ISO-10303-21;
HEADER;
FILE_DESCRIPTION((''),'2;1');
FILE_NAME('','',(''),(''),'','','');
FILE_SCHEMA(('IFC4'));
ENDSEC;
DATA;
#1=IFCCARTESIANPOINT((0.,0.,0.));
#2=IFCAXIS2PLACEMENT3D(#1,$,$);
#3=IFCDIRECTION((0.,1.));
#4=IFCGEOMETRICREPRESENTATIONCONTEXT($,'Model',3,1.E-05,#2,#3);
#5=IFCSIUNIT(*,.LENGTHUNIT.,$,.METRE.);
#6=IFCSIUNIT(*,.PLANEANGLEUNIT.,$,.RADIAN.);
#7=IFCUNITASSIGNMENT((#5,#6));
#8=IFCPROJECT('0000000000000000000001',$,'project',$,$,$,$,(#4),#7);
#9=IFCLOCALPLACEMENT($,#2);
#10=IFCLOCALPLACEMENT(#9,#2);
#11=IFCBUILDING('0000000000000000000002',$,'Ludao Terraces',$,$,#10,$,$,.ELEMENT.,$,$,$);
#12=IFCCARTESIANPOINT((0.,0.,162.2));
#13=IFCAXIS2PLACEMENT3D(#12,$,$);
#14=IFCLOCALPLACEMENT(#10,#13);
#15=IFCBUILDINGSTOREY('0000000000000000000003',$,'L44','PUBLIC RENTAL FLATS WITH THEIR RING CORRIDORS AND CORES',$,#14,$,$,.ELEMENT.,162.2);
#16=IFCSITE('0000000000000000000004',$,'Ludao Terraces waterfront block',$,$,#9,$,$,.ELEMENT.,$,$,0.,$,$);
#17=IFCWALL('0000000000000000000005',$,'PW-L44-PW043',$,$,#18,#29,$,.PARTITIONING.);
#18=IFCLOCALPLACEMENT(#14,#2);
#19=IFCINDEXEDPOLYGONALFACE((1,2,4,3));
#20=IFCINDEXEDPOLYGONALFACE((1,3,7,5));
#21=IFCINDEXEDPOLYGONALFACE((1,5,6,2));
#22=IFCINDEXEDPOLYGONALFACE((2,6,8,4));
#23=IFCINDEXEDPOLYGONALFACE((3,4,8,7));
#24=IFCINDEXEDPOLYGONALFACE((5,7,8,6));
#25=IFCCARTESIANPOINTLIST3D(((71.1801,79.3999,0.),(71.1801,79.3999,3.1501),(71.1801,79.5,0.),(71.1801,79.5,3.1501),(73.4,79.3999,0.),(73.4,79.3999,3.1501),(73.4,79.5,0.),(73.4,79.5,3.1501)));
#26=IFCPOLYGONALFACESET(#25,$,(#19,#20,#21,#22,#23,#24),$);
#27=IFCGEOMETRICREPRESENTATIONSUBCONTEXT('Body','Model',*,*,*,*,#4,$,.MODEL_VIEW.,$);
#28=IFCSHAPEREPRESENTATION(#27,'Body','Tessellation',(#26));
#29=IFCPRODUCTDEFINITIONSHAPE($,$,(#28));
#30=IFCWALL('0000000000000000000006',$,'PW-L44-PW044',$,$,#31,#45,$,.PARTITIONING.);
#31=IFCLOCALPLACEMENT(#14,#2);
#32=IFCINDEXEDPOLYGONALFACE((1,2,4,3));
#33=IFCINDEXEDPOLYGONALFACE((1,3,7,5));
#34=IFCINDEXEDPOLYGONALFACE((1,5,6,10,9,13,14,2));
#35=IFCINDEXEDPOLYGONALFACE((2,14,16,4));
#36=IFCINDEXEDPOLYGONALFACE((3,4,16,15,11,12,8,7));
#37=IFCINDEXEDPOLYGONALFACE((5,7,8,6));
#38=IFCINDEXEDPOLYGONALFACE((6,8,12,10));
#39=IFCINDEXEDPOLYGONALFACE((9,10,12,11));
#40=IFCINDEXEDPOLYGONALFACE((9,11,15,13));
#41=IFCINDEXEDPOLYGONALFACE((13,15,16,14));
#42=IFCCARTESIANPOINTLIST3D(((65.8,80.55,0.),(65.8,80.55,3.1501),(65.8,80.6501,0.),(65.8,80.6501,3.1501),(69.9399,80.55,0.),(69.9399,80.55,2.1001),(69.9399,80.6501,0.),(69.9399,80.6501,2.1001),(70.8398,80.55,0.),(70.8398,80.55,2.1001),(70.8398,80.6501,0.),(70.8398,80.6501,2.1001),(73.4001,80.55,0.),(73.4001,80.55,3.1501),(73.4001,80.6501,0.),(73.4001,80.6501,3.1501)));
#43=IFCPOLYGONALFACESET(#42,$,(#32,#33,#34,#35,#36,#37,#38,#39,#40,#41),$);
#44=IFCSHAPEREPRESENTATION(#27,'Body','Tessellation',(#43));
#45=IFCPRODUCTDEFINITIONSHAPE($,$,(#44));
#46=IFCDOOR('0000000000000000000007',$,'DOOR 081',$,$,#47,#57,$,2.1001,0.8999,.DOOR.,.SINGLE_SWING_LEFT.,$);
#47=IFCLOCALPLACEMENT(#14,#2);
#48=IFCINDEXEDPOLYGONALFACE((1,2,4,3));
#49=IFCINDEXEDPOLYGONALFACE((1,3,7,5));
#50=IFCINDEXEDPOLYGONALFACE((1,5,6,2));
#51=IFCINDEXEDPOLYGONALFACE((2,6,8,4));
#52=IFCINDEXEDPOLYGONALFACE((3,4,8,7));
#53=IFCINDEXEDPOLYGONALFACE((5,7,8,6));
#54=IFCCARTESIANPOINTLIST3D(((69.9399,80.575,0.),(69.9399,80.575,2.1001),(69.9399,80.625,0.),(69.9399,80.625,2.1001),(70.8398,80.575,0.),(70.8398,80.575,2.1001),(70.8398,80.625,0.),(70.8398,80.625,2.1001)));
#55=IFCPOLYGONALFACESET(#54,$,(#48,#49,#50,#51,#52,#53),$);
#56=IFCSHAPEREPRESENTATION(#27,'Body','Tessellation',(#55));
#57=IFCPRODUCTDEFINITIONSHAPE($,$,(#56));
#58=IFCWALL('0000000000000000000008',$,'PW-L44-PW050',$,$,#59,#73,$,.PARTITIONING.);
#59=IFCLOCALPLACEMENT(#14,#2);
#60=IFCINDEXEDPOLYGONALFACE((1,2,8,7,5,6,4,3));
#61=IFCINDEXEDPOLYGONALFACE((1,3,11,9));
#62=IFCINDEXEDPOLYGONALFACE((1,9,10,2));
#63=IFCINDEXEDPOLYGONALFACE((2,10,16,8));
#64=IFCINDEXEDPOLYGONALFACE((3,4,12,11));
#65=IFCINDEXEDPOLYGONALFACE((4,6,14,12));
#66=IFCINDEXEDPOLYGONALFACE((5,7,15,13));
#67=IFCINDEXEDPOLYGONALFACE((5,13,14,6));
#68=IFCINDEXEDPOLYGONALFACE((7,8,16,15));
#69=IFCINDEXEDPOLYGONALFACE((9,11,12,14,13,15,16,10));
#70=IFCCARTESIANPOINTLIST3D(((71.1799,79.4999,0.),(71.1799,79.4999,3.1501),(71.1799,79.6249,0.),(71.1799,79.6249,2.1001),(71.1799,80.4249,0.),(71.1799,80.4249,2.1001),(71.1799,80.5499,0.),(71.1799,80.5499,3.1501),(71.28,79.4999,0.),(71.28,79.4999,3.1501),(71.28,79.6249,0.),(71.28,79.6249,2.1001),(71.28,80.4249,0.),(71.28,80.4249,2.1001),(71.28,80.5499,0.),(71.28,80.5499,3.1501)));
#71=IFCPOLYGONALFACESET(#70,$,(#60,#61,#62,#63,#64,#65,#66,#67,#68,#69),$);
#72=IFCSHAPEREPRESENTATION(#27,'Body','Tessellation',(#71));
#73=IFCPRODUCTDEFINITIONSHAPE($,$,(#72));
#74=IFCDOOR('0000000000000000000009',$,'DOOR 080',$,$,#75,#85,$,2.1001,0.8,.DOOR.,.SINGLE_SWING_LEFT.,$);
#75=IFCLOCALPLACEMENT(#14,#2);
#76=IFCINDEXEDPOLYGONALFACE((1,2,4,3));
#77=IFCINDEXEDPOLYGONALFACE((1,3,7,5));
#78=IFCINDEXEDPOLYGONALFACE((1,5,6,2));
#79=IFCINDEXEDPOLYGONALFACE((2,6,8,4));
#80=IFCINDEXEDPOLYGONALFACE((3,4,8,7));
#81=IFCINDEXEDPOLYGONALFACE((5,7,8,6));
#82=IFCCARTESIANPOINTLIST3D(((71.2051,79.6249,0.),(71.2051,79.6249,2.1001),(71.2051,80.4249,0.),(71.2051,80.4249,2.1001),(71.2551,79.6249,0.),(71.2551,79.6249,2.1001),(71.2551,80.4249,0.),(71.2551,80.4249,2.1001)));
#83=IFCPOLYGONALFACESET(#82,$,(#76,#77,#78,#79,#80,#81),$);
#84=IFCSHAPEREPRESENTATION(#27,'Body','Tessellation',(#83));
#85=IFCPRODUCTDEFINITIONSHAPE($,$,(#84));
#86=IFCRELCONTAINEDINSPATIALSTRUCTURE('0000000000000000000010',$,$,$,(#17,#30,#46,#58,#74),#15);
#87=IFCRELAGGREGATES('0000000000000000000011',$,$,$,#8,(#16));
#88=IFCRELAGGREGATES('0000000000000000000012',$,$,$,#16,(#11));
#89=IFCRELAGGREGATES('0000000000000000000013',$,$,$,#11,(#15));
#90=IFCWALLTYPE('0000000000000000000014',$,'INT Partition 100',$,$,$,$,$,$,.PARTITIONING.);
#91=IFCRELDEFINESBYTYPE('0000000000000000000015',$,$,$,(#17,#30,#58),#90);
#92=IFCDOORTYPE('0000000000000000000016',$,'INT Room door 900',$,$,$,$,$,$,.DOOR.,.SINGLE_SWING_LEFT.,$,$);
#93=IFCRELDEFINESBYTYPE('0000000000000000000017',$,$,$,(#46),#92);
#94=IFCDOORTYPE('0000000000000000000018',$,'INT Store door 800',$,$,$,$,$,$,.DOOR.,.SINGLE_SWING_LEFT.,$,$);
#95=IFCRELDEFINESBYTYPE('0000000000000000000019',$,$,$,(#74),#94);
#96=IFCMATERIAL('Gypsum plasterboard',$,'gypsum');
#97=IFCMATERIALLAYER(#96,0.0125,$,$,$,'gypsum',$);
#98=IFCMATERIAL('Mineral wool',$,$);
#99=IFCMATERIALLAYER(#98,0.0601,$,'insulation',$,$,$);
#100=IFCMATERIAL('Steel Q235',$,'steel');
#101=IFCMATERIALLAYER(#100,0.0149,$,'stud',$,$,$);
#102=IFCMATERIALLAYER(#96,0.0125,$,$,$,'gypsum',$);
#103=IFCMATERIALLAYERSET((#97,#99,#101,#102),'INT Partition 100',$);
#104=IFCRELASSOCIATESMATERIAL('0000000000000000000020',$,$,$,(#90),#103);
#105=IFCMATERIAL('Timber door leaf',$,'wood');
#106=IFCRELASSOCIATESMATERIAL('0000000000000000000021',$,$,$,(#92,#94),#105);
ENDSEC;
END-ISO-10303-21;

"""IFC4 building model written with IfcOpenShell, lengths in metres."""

from ifc_helpers import new_model, si_unit, direction, frame, frame_2d, origin, place, context, subcontext, project, spatial, rectangle, extrude, material, layer, layer_set, type_object, element, fill, save


model = new_model("IFC4")

# Units and contexts
model_context = context("Model", 3, precision=1e-05, world=origin(), true_north=direction((0.0, 1.0)))
body_context = subcontext(model_context, "Body", "Model", "MODEL_VIEW")
ifc_project = project(units=[si_unit("LENGTHUNIT", "METRE"), si_unit("PLANEANGLEUNIT", "RADIAN")], contexts=[model_context])

# Site, building, storey
site_placement = place(None, origin())
site = spatial("IfcSite", under=ifc_project, at=site_placement, Name="Ludao Terraces waterfront block", CompositionType="ELEMENT", RefElevation=0.0)
building_placement = place(site_placement, origin())
building = spatial("IfcBuilding", under=site, at=building_placement, Name="Ludao Terraces", CompositionType="ELEMENT")
storey_placement = place(building_placement, frame((0.0, 0.0, 162.2)))
storey = spatial("IfcBuildingStorey", under=building, at=storey_placement, Name="L44", Description="PUBLIC RENTAL FLATS WITH THEIR RING CORRIDORS AND CORES", CompositionType="ELEMENT", Elevation=162.2)

# Shared definitions
ifc_material_1 = material(Name="Steel Q235", Category="steel")

# Shared definitions
ifc_material_2 = material(Name="Mineral wool")

# Wall
ifc_material_3 = material(Name="Gypsum plasterboard", Category="gypsum")
ifc_layer_1 = layer(ifc_material_3, 0.0125, Category="gypsum")
ifc_layer_2 = layer(ifc_material_2, 0.0601, Name="insulation")
ifc_layer_3 = layer(ifc_material_1, 0.0149, Name="stud")
ifc_layer_4 = layer(ifc_material_3, 0.0125, Category="gypsum")
ifc_layer_set_1 = layer_set([ifc_layer_1, ifc_layer_2, ifc_layer_3, ifc_layer_4], Name="INT Partition 100")
wall_type_1 = type_object("IfcWallType", Name="INT Partition 100", PredefinedType="PARTITIONING", material=ifc_layer_set_1)
for number, where, z_axis, x_axis, name in (
    (1, (71.1802, 79.45, 0.0), (0.0, 0.0, 1.0), (1.0, 0.0, 0.0), "PW-L44-PW043"),
):
    element("IfcWall", number, at=place(storey_placement, frame(where, z_axis=z_axis, x_axis=x_axis)), inside=storey, type_object=wall_type_1, Name=name, PredefinedType="PARTITIONING", context=body_context, shape_type="SweptSolid", body=[
        extrude(rectangle(XDim=2.22, YDim=0.1001, at=frame_2d((1.1099, 0.0))), origin(), (0.0, 0.0, 1.0), 3.1501),
    ])

# Walls, openings, doors
wall_1_placement = place(storey_placement, frame((65.8, 80.6001, 0.0), z_axis=(0.0, 0.0, 1.0), x_axis=(1.0, 0.0, 0.0)))
wall_1 = element("IfcWall", 2, at=wall_1_placement, inside=storey, type_object=wall_type_1, Name="PW-L44-PW044", PredefinedType="PARTITIONING", context=body_context, shape_type="SweptSolid", body=[
    extrude(rectangle(XDim=7.6001, YDim=0.1001, at=frame_2d((3.8, 0.0))), origin(), (0.0, 0.0, 1.0), 3.1501),
])
opening_1_placement = place(wall_1_placement, frame((4.1399, 0.0, 0.0)))
opening_1 = element("IfcOpeningElement", 3, at=opening_1_placement, cuts=wall_1, PredefinedType="OPENING", context=body_context, shape_type="SweptSolid", body=[
    extrude(rectangle(XDim=0.8999, YDim=2.1001, at=frame_2d((0.45, 1.05))), frame((0.0, 0.0601, 0.0), z_axis=(0.0, -1.0, 0.0), x_axis=(1.0, 0.0, 0.0)), (0.0, 0.0, 1.0), 0.1201),
])
ifc_material_4 = material(Name="Timber door leaf", Category="wood")
door_type_1 = type_object("IfcDoorType", Name="INT Room door 900", OperationType="SINGLE_SWING_LEFT", PredefinedType="DOOR", material=ifc_material_4)
door_1_placement = place(opening_1_placement, origin())
door_1 = element("IfcDoor", 4, at=door_1_placement, inside=storey, type_object=door_type_1, Name="DOOR 081", OperationType="SINGLE_SWING_LEFT", OverallHeight=2.1001, OverallWidth=0.8999, PredefinedType="DOOR", context=body_context, shape_type="SweptSolid", body=[
    extrude(rectangle(XDim=0.8999, YDim=2.1001, at=frame_2d((0.45, 1.05))), frame((0.0, 0.0249, 0.0), z_axis=(0.0, -1.0, 0.0), x_axis=(1.0, 0.0, 0.0)), (0.0, 0.0, 1.0), 0.05),
])
fill(opening_1, door_1)
wall_2_placement = place(storey_placement, frame((71.23, 79.5, 0.0), z_axis=(0.0, 0.0, 1.0), x_axis=(0.0, 1.0, 0.0)))
wall_2 = element("IfcWall", 5, at=wall_2_placement, inside=storey, type_object=wall_type_1, Name="PW-L44-PW050", PredefinedType="PARTITIONING", context=body_context, shape_type="SweptSolid", body=[
    extrude(rectangle(XDim=1.05, YDim=0.1001, at=frame_2d((0.5249, 0.0))), origin(), (0.0, 0.0, 1.0), 3.1501),
])
opening_2_placement = place(wall_2_placement, frame((0.125, 0.0, 0.0)))
opening_2 = element("IfcOpeningElement", 6, at=opening_2_placement, cuts=wall_2, PredefinedType="OPENING", context=body_context, shape_type="SweptSolid", body=[
    extrude(rectangle(XDim=0.8, YDim=2.1001, at=frame_2d((0.3999, 1.05))), frame((0.0, 0.0601, 0.0), z_axis=(0.0, -1.0, 0.0), x_axis=(1.0, 0.0, 0.0)), (0.0, 0.0, 1.0), 0.1201),
])
door_type_2 = type_object("IfcDoorType", Name="INT Store door 800", OperationType="SINGLE_SWING_LEFT", PredefinedType="DOOR", material=ifc_material_4)
door_2_placement = place(opening_2_placement, origin())
door_2 = element("IfcDoor", 7, at=door_2_placement, inside=storey, type_object=door_type_2, Name="DOOR 080", OperationType="SINGLE_SWING_LEFT", OverallHeight=2.1001, OverallWidth=0.8, PredefinedType="DOOR", context=body_context, shape_type="SweptSolid", body=[
    extrude(rectangle(XDim=0.8, YDim=2.1001, at=frame_2d((0.3999, 1.05))), frame((0.0, 0.0249, 0.0), z_axis=(0.0, -1.0, 0.0), x_axis=(1.0, 0.0, 0.0)), (0.0, 0.0, 1.0), 0.05),
])
fill(opening_2, door_2)

save(model, "model.ifc")
